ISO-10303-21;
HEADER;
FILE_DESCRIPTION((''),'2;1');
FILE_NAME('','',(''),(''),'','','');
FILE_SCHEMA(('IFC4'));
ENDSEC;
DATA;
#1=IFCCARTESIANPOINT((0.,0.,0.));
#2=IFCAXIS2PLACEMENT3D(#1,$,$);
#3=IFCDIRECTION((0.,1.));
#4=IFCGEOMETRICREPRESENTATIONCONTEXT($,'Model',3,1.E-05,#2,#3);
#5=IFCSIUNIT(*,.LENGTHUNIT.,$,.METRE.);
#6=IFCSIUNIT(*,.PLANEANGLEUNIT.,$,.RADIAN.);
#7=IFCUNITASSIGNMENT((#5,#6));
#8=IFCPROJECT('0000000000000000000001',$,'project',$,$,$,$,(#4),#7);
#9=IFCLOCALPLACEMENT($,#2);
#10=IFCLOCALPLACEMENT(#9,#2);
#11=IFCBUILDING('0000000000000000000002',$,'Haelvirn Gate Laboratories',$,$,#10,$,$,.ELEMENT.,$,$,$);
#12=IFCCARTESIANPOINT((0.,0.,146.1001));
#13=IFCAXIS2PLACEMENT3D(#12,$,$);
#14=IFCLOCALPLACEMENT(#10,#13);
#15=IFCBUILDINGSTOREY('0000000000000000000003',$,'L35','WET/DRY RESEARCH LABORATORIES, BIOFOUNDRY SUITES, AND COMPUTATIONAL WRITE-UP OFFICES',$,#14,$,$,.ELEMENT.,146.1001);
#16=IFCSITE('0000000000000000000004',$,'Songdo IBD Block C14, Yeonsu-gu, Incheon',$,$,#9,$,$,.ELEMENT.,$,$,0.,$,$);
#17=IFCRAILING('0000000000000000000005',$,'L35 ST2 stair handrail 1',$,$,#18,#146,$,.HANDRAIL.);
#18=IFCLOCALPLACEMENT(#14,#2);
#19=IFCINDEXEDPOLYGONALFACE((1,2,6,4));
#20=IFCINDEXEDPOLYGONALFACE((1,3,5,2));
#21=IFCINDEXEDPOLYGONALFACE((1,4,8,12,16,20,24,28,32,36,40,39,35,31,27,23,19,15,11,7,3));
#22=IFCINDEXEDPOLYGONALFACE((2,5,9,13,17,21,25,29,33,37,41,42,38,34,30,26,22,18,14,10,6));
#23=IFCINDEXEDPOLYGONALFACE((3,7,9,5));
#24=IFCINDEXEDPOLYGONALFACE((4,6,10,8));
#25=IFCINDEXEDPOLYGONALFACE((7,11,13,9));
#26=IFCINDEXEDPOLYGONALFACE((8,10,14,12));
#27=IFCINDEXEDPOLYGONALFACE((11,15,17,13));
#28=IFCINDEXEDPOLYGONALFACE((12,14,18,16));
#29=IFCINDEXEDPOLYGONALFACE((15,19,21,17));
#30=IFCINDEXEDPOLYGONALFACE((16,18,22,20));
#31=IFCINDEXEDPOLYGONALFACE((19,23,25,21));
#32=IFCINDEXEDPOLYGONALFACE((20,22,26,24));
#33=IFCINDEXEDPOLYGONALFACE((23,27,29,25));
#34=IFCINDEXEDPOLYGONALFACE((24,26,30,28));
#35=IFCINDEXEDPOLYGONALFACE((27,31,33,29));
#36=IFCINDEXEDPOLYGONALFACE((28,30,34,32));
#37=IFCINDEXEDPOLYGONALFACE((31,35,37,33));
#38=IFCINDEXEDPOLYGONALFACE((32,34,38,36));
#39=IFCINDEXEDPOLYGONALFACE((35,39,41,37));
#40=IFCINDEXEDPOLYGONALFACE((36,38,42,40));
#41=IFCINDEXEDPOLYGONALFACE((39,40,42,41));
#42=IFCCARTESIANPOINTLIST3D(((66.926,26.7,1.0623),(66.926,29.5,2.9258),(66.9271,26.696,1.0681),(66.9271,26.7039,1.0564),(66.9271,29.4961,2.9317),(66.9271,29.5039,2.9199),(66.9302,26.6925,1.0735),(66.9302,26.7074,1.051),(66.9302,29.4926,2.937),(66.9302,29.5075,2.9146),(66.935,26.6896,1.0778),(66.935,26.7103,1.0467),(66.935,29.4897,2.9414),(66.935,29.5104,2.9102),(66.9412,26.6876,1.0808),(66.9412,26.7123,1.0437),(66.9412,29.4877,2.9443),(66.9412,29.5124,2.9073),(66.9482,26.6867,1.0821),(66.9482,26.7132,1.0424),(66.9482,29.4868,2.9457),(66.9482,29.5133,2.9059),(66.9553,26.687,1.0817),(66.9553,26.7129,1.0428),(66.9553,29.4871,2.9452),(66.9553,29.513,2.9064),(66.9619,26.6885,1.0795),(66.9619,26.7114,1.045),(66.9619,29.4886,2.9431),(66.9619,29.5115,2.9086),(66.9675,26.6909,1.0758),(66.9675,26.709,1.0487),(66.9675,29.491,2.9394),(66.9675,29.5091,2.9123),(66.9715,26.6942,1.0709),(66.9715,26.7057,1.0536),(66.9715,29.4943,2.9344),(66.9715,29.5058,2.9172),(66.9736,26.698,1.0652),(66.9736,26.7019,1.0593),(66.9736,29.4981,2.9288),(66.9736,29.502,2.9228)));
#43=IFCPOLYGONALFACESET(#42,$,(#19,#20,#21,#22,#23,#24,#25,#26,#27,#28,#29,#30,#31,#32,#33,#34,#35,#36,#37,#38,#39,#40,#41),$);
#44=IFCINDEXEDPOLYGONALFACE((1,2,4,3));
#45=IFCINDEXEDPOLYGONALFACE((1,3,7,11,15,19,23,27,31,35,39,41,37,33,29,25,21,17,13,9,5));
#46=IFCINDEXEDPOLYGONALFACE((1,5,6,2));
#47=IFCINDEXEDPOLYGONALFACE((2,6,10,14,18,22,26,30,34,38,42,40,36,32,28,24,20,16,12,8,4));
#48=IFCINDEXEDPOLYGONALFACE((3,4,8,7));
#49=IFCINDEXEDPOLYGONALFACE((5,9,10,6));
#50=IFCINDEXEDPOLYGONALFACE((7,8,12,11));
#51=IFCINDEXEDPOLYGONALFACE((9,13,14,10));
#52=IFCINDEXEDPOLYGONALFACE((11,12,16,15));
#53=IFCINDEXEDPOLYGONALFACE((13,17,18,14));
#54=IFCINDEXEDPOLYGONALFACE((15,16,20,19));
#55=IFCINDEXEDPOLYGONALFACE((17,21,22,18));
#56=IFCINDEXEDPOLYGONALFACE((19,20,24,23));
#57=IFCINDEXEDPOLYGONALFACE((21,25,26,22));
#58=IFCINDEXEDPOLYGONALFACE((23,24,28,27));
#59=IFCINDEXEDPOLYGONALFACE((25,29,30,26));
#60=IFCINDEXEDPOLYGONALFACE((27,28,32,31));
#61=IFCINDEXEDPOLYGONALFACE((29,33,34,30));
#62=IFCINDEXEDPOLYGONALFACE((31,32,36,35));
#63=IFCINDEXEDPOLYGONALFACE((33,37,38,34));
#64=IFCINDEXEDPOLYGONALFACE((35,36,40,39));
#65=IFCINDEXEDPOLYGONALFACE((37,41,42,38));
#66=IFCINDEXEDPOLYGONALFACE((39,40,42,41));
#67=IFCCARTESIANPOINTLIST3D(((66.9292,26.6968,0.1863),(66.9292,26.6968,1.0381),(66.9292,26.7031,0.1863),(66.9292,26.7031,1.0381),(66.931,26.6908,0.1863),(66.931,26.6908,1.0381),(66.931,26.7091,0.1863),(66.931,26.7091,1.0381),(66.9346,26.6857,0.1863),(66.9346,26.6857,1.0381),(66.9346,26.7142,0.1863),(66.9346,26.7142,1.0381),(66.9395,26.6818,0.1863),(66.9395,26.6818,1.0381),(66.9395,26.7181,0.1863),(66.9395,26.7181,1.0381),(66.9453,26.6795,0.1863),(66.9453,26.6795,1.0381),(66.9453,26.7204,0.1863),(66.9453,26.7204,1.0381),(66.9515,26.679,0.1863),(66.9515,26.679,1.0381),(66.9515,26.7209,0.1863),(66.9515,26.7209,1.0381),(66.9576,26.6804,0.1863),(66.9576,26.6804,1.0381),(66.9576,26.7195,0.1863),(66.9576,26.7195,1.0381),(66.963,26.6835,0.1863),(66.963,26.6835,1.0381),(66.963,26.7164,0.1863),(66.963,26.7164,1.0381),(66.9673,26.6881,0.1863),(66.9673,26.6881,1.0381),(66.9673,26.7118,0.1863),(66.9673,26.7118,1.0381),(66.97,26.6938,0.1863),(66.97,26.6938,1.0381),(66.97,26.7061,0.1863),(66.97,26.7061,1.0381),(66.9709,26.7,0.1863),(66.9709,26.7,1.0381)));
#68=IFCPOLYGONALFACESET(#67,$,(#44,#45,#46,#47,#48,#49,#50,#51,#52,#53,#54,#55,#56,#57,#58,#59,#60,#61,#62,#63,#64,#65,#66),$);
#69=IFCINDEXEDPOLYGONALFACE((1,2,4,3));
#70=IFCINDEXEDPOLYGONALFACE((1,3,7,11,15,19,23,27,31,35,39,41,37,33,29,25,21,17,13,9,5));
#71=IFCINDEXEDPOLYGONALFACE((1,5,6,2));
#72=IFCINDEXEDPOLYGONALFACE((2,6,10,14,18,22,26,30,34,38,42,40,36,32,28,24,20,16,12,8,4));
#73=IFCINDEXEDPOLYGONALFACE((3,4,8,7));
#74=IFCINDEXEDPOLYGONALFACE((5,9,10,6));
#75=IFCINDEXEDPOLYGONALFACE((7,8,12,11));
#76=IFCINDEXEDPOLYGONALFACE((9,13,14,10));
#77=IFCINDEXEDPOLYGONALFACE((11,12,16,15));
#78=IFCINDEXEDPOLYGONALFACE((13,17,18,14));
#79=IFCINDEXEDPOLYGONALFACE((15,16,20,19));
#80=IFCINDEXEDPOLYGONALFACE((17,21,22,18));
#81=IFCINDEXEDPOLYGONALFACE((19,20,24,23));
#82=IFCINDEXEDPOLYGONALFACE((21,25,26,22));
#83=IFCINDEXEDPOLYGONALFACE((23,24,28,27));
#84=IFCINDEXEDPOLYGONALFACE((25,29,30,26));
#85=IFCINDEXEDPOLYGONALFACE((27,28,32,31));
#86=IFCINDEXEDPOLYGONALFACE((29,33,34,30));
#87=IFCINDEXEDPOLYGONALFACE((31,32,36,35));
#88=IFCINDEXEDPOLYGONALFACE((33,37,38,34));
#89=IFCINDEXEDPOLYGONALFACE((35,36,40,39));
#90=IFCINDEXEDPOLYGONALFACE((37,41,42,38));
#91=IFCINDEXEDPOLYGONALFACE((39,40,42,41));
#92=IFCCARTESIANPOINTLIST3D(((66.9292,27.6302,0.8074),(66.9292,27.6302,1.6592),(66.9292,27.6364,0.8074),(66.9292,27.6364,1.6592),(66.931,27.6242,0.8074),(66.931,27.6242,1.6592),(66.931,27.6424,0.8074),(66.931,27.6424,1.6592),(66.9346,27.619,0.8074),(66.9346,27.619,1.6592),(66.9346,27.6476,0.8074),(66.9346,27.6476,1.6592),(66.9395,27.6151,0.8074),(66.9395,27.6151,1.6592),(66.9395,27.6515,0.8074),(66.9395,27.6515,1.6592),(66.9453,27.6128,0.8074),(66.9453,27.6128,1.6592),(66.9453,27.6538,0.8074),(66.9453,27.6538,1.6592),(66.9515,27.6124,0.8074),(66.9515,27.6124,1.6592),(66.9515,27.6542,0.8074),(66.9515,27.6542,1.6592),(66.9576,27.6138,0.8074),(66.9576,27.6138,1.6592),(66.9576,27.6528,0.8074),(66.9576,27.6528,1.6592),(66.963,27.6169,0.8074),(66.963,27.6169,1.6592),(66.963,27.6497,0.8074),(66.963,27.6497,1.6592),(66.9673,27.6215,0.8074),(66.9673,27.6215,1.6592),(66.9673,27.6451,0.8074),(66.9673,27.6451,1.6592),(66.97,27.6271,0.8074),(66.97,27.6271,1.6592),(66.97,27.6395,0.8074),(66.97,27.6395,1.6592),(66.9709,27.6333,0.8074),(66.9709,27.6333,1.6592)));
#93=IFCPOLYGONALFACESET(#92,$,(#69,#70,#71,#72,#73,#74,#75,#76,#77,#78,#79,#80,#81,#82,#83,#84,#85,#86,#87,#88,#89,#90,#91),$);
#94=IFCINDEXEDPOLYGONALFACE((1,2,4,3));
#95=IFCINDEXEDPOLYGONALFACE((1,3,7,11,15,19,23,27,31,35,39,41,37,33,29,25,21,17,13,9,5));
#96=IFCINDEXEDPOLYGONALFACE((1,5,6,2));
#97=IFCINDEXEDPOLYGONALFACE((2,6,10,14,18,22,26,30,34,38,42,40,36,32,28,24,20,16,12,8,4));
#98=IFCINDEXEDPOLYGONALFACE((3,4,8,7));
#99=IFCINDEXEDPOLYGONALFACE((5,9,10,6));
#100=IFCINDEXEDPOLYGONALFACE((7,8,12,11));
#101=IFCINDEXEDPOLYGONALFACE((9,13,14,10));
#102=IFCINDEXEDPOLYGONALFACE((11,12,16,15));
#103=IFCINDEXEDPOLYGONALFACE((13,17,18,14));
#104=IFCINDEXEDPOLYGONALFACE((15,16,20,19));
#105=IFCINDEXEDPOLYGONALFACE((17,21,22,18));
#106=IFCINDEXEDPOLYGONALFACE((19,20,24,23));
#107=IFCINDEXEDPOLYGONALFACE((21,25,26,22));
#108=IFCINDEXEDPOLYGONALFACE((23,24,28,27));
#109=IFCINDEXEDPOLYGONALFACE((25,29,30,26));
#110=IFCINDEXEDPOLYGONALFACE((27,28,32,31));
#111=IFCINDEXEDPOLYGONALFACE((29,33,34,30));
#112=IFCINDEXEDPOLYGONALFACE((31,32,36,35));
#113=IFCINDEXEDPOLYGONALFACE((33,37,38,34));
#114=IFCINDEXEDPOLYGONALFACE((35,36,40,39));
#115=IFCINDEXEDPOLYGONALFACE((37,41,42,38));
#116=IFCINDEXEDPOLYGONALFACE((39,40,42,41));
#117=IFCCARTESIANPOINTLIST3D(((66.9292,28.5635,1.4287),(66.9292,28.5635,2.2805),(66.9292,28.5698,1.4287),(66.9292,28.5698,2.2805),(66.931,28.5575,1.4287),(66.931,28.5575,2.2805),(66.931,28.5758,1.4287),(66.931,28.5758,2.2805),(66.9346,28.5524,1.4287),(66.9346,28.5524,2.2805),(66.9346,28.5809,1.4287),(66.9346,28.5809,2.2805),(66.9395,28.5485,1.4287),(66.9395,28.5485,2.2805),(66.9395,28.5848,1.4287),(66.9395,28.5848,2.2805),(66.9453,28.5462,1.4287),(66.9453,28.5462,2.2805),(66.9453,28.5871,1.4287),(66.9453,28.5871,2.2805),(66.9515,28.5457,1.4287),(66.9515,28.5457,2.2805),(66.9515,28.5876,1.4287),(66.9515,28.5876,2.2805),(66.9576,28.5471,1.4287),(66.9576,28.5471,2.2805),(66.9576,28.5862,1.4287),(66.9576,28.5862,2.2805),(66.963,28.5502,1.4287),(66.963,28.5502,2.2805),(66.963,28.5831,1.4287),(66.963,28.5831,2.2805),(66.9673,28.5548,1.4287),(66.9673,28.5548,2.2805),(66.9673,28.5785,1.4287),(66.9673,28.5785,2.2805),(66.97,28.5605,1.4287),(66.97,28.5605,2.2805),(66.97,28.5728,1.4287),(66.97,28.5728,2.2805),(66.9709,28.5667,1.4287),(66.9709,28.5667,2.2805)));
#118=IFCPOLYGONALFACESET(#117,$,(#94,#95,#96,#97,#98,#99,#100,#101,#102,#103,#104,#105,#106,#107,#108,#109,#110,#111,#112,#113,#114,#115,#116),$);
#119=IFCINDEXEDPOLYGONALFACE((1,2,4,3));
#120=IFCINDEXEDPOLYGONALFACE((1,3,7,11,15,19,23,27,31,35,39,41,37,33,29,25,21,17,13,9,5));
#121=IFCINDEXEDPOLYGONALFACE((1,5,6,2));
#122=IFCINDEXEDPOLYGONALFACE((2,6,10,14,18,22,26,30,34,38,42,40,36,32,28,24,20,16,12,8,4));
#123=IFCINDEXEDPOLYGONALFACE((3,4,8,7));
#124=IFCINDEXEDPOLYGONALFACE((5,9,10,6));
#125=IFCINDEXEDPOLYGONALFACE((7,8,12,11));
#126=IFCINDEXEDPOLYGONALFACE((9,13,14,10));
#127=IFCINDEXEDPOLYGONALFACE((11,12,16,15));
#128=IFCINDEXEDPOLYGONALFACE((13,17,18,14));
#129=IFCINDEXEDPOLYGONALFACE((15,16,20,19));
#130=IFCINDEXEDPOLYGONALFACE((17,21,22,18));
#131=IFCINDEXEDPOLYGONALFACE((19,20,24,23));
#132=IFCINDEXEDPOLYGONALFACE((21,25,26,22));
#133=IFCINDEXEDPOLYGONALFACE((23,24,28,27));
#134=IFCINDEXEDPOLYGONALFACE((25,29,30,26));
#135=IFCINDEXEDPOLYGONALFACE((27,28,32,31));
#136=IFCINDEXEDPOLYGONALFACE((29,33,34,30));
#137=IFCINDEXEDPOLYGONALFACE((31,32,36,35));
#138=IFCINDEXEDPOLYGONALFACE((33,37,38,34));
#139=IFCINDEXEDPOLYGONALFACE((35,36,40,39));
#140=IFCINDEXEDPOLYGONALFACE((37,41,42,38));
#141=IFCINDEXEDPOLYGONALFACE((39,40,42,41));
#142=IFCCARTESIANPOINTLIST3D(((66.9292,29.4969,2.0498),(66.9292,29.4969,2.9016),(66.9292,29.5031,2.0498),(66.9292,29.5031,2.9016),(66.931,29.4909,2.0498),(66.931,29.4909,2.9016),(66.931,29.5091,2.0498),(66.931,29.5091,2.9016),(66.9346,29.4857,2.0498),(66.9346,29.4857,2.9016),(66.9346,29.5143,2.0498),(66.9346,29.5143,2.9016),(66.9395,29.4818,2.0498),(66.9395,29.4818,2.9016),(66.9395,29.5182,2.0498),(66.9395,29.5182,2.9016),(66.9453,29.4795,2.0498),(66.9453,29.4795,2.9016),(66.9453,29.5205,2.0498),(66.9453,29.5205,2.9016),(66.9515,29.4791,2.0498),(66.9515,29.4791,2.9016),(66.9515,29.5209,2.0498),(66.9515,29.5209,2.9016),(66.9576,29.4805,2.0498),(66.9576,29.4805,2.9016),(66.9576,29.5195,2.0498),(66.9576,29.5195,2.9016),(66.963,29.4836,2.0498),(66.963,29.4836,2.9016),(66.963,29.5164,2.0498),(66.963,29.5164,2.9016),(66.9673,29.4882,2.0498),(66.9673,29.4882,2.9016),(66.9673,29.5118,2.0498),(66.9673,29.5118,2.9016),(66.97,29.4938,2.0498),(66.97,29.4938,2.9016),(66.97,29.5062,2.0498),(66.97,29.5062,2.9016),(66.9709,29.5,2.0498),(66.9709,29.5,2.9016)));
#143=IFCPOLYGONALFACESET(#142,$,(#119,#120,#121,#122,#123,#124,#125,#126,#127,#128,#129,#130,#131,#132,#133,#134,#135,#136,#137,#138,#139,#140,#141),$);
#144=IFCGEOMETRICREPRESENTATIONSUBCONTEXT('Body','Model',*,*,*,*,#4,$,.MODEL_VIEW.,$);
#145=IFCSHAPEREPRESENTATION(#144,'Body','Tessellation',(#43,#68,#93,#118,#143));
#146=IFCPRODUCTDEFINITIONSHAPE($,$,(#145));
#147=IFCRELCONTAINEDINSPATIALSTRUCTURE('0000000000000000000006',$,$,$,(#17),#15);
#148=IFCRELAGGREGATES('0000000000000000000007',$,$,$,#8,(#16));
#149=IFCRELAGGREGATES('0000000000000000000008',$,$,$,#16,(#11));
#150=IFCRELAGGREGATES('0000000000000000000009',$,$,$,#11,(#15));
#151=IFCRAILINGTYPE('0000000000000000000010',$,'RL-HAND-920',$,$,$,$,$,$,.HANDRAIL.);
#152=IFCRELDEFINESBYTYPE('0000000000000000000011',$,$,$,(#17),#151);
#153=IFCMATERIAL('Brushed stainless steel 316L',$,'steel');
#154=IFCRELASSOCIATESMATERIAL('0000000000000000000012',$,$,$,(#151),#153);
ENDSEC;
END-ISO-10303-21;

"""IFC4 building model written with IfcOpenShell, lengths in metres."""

from ifc_helpers import new_model, si_unit, direction, frame, origin, origin_2d, place, context, subcontext, project, spatial, circle, extrude, source, transform, mapped, material, type_object, element, save


model = new_model("IFC4")

# Units and contexts
model_context = context("Model", 3, precision=1e-05, world=origin(), true_north=direction((0.0, 1.0)))
body_context = subcontext(model_context, "Body", "Model", "MODEL_VIEW")
ifc_project = project(units=[si_unit("LENGTHUNIT", "METRE"), si_unit("PLANEANGLEUNIT", "RADIAN")], contexts=[model_context])

# Site, building, storey
site_placement = place(None, origin())
site = spatial("IfcSite", under=ifc_project, at=site_placement, Name="Songdo IBD Block C14, Yeonsu-gu, Incheon", CompositionType="ELEMENT", RefElevation=0.0)
building_placement = place(site_placement, origin())
building = spatial("IfcBuilding", under=site, at=building_placement, Name="Haelvirn Gate Laboratories", CompositionType="ELEMENT")
storey_placement = place(building_placement, frame((0.0, 0.0, 146.1001)))
storey = spatial("IfcBuildingStorey", under=building, at=storey_placement, Name="L35", Description="WET/DRY RESEARCH LABORATORIES, BIOFOUNDRY SUITES, AND COMPUTATIONAL WRITE-UP OFFICES", CompositionType="ELEMENT", Elevation=146.1001)

# Railing
ifc_material_1 = material(Name="Brushed stainless steel 316L", Category="steel")
railing_type_1 = type_object("IfcRailingType", Name="RL-HAND-920", PredefinedType="HANDRAIL", material=ifc_material_1)
shared_shape_1 = source(origin(), body_context, "Body", "SweptSolid", [
    extrude(circle(Radius=0.0239, at=origin_2d()), frame((0.0, 0.0, 0.876), z_axis=(0.0, 0.832486, 0.554047), x_axis=(-1.0, 0.0, 0.0)), (0.0, 0.0, 1.0), 3.3635),
    extrude(circle(Radius=0.021, at=origin_2d()), origin(), (0.0, 0.0, 1.0), 0.8518),
    extrude(circle(Radius=0.021, at=origin_2d()), frame((0.0, 0.9333, 0.6211)), (0.0, 0.0, 1.0), 0.8518),
    extrude(circle(Radius=0.021, at=origin_2d()), frame((0.0, 1.8667, 1.2424)), (0.0, 0.0, 1.0), 0.8518),
    extrude(circle(Radius=0.021, at=origin_2d()), frame((0.0, 2.8, 1.8635)), (0.0, 0.0, 1.0), 0.8518),
])
railing_1_placement = place(storey_placement, frame((66.95, 26.7, 0.1863)))
element("IfcRailing", 1, at=railing_1_placement, inside=storey, type_object=railing_type_1, Name="L35 ST2 stair handrail 1", PredefinedType="HANDRAIL", context=body_context, shape_type="MappedRepresentation", body=[
    mapped(shared_shape_1, transform((0.0, 0.0, 0.0), scale=1.0)),
])

save(model, "model.ifc")
